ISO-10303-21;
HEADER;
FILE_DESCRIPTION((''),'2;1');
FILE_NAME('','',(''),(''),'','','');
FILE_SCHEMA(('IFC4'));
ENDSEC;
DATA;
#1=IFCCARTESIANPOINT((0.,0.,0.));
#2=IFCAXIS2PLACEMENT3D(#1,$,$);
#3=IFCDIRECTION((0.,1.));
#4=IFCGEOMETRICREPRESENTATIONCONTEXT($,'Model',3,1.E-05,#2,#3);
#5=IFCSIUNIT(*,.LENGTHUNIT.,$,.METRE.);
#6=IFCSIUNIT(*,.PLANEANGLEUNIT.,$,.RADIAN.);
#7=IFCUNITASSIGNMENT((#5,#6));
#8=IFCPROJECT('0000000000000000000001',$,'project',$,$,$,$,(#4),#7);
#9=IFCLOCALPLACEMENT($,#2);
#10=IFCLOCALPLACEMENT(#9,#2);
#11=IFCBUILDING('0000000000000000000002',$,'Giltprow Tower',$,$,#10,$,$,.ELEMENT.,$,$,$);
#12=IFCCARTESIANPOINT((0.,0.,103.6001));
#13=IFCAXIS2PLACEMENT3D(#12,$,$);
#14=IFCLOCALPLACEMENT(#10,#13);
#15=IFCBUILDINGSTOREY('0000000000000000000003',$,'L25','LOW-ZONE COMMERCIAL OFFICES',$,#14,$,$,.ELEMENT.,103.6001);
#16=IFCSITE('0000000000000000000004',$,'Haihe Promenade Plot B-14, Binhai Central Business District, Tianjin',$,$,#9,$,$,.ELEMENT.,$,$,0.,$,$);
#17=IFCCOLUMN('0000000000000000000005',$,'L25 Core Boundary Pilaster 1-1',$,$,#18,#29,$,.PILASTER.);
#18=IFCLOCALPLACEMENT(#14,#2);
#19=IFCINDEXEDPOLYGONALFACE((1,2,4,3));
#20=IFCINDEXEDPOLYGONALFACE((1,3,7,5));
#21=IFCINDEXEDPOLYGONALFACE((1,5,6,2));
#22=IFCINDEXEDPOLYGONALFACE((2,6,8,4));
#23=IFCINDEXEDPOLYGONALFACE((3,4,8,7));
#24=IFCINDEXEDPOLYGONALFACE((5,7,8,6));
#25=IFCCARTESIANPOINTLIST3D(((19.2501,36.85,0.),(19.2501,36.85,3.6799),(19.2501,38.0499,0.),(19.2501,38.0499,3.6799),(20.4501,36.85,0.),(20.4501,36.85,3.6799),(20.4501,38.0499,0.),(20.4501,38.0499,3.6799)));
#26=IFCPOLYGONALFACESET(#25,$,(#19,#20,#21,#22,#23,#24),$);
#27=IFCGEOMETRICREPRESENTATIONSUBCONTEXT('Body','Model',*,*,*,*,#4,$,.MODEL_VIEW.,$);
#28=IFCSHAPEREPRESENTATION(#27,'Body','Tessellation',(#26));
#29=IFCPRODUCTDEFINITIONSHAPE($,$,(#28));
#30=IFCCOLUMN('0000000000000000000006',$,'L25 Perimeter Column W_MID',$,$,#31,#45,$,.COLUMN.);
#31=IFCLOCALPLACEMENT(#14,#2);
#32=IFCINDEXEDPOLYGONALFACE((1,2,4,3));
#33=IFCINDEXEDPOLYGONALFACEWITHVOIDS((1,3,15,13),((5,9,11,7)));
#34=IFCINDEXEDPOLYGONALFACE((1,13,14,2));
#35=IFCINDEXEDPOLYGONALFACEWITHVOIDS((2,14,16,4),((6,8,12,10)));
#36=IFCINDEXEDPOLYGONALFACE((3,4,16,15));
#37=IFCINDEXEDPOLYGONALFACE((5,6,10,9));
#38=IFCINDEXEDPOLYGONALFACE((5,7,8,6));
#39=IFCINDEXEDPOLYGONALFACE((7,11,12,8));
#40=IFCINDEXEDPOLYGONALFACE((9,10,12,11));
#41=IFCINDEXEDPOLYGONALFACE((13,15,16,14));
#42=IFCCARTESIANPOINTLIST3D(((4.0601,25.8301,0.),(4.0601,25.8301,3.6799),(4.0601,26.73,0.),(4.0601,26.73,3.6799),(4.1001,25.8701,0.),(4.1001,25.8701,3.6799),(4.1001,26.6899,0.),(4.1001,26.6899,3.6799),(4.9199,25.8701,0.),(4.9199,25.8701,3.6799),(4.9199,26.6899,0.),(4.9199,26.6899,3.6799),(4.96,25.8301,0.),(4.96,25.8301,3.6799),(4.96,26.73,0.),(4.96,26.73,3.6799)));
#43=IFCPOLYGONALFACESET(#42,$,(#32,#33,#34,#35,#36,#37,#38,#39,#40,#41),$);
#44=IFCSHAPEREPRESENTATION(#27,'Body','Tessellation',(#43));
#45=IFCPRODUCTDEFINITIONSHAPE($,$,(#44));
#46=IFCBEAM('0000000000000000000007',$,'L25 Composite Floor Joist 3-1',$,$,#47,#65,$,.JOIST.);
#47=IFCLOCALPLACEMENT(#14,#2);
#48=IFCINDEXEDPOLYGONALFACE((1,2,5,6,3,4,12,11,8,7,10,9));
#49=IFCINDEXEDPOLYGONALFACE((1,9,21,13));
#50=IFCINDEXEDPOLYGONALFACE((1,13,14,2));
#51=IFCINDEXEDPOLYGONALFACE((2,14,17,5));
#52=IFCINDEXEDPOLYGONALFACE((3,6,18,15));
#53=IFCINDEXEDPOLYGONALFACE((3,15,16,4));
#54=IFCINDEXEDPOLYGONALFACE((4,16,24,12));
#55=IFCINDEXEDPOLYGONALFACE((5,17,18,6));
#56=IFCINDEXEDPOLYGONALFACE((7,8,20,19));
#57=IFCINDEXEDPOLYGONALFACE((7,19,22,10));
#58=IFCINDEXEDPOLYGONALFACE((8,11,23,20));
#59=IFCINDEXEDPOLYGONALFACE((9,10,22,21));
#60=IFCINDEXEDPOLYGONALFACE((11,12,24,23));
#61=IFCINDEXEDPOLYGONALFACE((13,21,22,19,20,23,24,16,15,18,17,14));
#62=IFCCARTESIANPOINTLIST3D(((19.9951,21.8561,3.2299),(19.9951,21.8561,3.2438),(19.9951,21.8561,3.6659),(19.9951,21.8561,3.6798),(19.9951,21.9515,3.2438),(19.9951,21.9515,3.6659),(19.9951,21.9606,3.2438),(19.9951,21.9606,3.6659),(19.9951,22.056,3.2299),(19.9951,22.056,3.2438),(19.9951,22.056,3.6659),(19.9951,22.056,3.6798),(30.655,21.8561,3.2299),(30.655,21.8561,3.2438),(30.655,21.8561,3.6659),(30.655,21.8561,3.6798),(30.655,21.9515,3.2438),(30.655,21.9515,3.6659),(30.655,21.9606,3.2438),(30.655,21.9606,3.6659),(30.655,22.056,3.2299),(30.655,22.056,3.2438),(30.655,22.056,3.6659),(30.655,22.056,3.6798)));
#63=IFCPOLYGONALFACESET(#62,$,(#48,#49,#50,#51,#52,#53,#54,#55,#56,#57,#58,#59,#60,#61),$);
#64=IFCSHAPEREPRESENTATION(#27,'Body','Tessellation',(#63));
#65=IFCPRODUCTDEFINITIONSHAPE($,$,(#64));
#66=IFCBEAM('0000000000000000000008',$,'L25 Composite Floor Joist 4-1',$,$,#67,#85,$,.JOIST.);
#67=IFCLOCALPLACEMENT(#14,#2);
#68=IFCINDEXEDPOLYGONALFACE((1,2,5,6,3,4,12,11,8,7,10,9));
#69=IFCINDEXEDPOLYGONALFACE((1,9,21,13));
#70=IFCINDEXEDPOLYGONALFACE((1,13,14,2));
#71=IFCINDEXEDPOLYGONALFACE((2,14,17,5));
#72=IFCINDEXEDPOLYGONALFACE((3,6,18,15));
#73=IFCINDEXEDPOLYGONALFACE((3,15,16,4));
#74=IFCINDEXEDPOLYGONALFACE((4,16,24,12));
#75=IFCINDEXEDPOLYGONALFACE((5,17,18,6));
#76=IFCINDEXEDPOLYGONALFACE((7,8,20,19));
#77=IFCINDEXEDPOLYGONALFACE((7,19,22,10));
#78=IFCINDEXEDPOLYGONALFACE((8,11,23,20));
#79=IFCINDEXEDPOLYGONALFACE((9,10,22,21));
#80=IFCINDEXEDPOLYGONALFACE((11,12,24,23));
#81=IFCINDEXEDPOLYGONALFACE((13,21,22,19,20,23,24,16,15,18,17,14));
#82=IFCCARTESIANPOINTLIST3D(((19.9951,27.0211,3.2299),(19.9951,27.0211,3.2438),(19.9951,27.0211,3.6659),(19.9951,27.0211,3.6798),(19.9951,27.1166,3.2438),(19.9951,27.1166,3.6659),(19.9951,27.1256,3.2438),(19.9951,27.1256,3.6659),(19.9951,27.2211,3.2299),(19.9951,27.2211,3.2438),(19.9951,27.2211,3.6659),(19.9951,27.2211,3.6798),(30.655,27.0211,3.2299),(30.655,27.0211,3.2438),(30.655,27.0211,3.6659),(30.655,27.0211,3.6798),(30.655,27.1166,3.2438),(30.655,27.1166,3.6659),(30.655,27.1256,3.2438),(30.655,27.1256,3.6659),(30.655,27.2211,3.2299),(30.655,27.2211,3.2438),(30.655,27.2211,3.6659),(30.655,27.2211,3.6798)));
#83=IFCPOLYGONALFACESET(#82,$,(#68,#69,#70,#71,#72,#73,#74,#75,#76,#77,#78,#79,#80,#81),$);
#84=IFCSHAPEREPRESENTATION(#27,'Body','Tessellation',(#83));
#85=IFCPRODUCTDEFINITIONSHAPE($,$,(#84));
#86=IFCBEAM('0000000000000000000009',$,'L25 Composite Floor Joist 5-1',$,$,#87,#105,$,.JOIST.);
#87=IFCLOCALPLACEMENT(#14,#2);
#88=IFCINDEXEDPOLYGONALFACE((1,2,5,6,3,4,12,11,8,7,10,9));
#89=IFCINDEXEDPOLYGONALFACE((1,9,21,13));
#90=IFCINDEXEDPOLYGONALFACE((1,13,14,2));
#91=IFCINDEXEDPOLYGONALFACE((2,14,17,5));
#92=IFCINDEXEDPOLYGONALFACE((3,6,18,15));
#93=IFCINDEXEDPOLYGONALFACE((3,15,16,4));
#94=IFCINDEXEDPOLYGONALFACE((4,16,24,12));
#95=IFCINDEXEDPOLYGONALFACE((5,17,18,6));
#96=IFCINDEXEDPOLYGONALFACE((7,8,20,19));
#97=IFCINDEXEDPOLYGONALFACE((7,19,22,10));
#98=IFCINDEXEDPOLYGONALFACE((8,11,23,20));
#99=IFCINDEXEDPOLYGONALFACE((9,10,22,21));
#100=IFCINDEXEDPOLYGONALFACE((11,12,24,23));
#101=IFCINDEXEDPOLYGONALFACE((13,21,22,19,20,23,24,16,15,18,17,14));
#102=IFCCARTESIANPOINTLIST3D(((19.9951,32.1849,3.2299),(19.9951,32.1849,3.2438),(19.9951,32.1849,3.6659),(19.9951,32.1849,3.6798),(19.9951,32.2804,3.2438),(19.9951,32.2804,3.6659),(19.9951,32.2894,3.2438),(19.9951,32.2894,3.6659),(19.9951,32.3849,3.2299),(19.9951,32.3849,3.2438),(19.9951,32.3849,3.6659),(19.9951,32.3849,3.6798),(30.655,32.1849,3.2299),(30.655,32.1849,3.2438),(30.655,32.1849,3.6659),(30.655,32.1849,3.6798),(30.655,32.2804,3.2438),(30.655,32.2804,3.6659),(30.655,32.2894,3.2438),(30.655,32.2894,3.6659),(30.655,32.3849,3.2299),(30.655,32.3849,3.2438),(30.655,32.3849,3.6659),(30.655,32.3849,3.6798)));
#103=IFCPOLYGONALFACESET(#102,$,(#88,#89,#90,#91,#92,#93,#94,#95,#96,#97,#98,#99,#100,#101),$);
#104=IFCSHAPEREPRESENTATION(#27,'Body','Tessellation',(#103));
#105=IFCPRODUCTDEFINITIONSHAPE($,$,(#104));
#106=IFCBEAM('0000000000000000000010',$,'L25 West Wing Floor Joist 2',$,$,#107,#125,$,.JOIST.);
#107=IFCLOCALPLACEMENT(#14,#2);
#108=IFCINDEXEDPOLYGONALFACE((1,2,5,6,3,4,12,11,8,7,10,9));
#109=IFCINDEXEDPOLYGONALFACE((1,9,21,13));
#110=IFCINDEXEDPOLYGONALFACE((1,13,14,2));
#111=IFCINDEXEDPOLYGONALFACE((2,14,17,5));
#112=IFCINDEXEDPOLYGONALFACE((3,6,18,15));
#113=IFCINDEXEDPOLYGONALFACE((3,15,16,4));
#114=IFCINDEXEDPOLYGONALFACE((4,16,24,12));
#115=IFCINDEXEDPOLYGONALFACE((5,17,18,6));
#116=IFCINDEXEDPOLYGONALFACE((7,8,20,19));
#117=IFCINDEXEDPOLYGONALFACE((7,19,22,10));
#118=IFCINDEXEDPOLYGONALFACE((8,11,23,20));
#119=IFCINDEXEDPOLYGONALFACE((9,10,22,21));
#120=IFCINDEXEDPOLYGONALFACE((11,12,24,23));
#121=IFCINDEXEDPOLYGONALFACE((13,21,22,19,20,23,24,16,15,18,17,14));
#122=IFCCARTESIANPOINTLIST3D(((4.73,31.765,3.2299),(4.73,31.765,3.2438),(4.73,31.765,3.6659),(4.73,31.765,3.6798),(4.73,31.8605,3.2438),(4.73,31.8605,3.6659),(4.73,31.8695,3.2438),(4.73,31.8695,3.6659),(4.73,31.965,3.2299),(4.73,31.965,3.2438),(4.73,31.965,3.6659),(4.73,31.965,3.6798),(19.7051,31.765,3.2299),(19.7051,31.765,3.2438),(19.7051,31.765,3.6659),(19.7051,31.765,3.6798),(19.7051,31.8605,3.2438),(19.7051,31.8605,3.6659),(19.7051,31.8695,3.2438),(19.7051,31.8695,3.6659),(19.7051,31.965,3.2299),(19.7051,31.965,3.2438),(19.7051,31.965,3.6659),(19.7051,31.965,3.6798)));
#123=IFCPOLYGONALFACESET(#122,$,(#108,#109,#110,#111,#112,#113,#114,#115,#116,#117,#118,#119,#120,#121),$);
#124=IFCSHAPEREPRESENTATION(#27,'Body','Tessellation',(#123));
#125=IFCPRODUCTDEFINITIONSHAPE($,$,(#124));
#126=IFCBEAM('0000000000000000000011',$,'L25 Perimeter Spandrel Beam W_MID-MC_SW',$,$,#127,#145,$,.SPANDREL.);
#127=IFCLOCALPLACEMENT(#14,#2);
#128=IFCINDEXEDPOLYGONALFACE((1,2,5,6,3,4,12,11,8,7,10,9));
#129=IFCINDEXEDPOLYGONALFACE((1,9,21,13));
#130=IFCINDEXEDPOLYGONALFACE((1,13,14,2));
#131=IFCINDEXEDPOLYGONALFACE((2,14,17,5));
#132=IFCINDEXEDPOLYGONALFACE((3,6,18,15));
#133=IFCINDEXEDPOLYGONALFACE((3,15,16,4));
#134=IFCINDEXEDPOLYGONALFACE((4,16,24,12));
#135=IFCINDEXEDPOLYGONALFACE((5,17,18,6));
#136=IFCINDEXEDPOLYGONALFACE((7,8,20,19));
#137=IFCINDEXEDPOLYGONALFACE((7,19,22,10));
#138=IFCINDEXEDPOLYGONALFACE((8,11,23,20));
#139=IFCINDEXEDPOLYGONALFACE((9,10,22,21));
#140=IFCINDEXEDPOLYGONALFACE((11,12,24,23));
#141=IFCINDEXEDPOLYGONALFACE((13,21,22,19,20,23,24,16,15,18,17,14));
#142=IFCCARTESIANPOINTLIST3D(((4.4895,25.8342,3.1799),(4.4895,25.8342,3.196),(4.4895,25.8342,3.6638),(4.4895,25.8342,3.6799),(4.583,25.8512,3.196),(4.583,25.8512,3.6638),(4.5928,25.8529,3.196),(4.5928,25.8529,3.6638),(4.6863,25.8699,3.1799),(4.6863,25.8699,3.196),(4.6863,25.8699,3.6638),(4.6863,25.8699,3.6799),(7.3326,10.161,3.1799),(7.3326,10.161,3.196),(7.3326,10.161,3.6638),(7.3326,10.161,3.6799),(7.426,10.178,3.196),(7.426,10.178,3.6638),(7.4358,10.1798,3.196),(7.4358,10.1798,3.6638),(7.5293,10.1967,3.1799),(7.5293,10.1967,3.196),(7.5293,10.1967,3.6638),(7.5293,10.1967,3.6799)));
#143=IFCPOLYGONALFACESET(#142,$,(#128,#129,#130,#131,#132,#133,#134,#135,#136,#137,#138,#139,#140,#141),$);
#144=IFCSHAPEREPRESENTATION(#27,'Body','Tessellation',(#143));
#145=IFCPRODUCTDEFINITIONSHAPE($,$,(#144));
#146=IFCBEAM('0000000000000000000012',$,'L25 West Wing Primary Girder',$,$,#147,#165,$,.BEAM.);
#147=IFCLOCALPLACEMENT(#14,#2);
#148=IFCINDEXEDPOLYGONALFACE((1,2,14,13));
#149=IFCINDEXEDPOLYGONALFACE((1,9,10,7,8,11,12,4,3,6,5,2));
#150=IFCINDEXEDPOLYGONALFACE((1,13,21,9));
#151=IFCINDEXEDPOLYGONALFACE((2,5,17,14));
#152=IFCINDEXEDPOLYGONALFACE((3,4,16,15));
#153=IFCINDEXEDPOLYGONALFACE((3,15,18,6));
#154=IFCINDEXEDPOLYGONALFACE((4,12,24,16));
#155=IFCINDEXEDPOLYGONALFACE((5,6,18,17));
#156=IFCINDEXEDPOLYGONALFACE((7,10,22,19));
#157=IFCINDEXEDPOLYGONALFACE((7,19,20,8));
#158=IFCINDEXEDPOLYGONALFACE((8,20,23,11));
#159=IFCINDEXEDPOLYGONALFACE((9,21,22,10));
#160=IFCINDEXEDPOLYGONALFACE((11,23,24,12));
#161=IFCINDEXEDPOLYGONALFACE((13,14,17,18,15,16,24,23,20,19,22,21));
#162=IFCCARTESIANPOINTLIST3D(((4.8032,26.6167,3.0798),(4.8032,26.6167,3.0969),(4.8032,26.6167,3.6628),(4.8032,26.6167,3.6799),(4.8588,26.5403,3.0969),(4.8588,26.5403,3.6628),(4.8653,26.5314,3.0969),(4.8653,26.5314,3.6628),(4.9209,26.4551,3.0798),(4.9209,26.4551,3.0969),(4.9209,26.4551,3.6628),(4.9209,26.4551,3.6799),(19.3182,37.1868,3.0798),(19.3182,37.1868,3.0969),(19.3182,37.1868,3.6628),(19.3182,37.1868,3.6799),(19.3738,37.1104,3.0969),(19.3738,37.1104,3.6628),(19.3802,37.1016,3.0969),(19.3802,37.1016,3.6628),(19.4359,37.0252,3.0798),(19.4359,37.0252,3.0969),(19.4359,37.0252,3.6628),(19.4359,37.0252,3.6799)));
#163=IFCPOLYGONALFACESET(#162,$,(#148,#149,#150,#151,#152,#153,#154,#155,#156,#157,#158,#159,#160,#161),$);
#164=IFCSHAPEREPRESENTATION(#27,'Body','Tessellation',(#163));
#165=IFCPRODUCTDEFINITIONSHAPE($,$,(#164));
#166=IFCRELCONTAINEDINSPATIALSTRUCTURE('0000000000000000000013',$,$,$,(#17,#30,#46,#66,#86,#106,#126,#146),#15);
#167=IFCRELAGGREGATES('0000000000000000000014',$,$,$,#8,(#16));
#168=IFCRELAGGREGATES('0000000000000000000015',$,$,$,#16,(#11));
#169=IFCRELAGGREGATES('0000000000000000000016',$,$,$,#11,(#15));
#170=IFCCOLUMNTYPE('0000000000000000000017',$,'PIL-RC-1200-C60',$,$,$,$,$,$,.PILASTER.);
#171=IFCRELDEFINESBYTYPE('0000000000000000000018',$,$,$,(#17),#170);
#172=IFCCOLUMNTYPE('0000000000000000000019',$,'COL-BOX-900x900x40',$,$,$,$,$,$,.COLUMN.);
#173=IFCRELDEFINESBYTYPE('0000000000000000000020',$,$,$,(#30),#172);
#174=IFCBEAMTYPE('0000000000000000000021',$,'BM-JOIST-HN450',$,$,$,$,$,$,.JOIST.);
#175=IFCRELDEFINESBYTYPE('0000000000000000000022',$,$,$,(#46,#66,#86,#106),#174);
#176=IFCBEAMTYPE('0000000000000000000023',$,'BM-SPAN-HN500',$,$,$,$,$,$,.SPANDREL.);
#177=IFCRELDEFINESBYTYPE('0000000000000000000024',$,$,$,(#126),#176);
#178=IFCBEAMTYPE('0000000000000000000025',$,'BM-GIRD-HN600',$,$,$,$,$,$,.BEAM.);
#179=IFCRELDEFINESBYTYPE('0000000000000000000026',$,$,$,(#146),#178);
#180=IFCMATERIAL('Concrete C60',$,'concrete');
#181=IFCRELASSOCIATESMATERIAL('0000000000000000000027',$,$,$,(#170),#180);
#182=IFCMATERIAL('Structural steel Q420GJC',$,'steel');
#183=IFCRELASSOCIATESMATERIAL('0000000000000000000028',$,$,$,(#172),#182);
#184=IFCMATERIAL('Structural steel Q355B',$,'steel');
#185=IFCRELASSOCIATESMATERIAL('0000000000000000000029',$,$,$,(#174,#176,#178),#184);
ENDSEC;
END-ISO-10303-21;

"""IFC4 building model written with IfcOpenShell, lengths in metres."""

from ifc_helpers import new_model, si_unit, direction, frame, origin, origin_2d, place, context, subcontext, project, spatial, rectangle, hollow_rectangle, i_section, extrude, source, transform, mapped, material, material_profile, profile_set, type_object, element, save


model = new_model("IFC4")

# Units and contexts
model_context = context("Model", 3, precision=1e-05, world=origin(), true_north=direction((0.0, 1.0)))
body_context = subcontext(model_context, "Body", "Model", "MODEL_VIEW")
ifc_project = project(units=[si_unit("LENGTHUNIT", "METRE"), si_unit("PLANEANGLEUNIT", "RADIAN")], contexts=[model_context])

# Site, building, storey
site_placement = place(None, origin())
site = spatial("IfcSite", under=ifc_project, at=site_placement, Name="Haihe Promenade Plot B-14, Binhai Central Business District, Tianjin", CompositionType="ELEMENT", RefElevation=0.0)
building_placement = place(site_placement, origin())
building = spatial("IfcBuilding", under=site, at=building_placement, Name="Giltprow Tower", CompositionType="ELEMENT")
storey_placement = place(building_placement, frame((0.0, 0.0, 103.6001)))
storey = spatial("IfcBuildingStorey", under=building, at=storey_placement, Name="L25", Description="LOW-ZONE COMMERCIAL OFFICES", CompositionType="ELEMENT", Elevation=103.6001)

# Columns
ifc_material_1 = material(Name="Concrete C60", Category="concrete")
ifc_material_profile_1 = material_profile(ifc_material_1, rectangle(XDim=1.2, YDim=1.2, at=origin_2d()), Name="RC 1200x1200")
ifc_profile_set_1 = profile_set([ifc_material_profile_1], Name="Concrete C60")
column_type_1 = type_object("IfcColumnType", Name="PIL-RC-1200-C60", PredefinedType="PILASTER", material=ifc_profile_set_1)
shared_shape_1 = source(origin(), body_context, "Body", "SweptSolid", [
    extrude(rectangle(XDim=1.2, YDim=1.2, at=origin_2d()), origin(), (0.0, 0.0, 1.0), 3.6799),
])
column_1_placement = place(storey_placement, frame((19.8501, 37.45, 0.0), z_axis=(0.0, 0.0, 1.0), x_axis=(1.0, 0.0, 0.0)))
element("IfcColumn", 1, at=column_1_placement, inside=storey, type_object=column_type_1, Name="L25 Core Boundary Pilaster 1-1", PredefinedType="PILASTER", context=body_context, shape_type="MappedRepresentation", body=[
    mapped(shared_shape_1, transform((0.0, 0.0, 0.0), x_axis=(1.0, 0.0, 0.0), y_axis=(0.0, 1.0, 0.0), z_axis=(0.0, 0.0, 1.0), scale=1.0)),
])
ifc_material_2 = material(Name="Structural steel Q420GJC", Category="steel")
ifc_material_profile_2 = material_profile(ifc_material_2, hollow_rectangle(XDim=0.8999, YDim=0.8999, WallThickness=0.04, at=origin_2d()), Name="BOX 900x900x40")
ifc_profile_set_2 = profile_set([ifc_material_profile_2], Name="Structural steel Q420GJC")
column_type_2 = type_object("IfcColumnType", Name="COL-BOX-900x900x40", PredefinedType="COLUMN", material=ifc_profile_set_2)
shared_shape_2 = source(origin(), body_context, "Body", "SweptSolid", [
    extrude(hollow_rectangle(XDim=0.8999, YDim=0.8999, WallThickness=0.04, at=origin_2d()), origin(), (0.0, 0.0, 1.0), 3.6799),
])
column_2_placement = place(storey_placement, frame((4.51, 26.28, 0.0), z_axis=(0.0, 0.0, 1.0), x_axis=(1.0, 0.0, 0.0)))
element("IfcColumn", 2, at=column_2_placement, inside=storey, type_object=column_type_2, Name="L25 Perimeter Column W_MID", PredefinedType="COLUMN", context=body_context, shape_type="MappedRepresentation", body=[
    mapped(shared_shape_2, transform((0.0, 0.0, 0.0), x_axis=(1.0, 0.0, 0.0), y_axis=(0.0, 1.0, 0.0), z_axis=(0.0, 0.0, 1.0), scale=1.0)),
])

# Beams
ifc_material_3 = material(Name="Structural steel Q355B", Category="steel")
ifc_material_profile_3 = material_profile(ifc_material_3, i_section(OverallWidth=0.2, OverallDepth=0.45, WebThickness=0.009, FlangeThickness=0.0139, at=origin_2d()), Name="HN 450x200x9x14")
ifc_profile_set_3 = profile_set([ifc_material_profile_3], Name="Structural steel Q355B")
beam_type_1 = type_object("IfcBeamType", Name="BM-JOIST-HN450", PredefinedType="JOIST", material=ifc_profile_set_3)
shared_shape_3 = source(origin(), body_context, "Body", "SweptSolid", [
    extrude(i_section(OverallWidth=0.2, OverallDepth=0.45, WebThickness=0.009, FlangeThickness=0.0139, at=origin_2d()), origin(), (0.0, 0.0, 1.0), 10.6599),
])
for number, where, z_axis, x_axis, name in (
    (3, (19.9951, 21.9561, 3.4548), (1.0, 0.0, 0.0), (0.0, 1.0, 0.0), "L25 Composite Floor Joist 3-1"),
    (4, (19.9951, 27.1211, 3.4548), (1.0, 0.0, 0.0), (0.0, 1.0, 0.0), "L25 Composite Floor Joist 4-1"),
    (5, (19.9951, 32.2849, 3.4548), (1.0, 0.0, 0.0), (0.0, 1.0, 0.0), "L25 Composite Floor Joist 5-1"),
):
    element("IfcBeam", number, at=place(storey_placement, frame(where, z_axis=z_axis, x_axis=x_axis)), inside=storey, type_object=beam_type_1, Name=name, PredefinedType="JOIST", context=body_context, shape_type="MappedRepresentation", body=[
        mapped(shared_shape_3, transform((0.0, 0.0, 0.0), x_axis=(1.0, 0.0, 0.0), y_axis=(0.0, 1.0, 0.0), z_axis=(0.0, 0.0, 1.0), scale=1.0)),
    ])
shared_shape_4 = source(origin(), body_context, "Body", "SweptSolid", [
    extrude(i_section(OverallWidth=0.2, OverallDepth=0.45, WebThickness=0.009, FlangeThickness=0.0139, at=origin_2d()), origin(), (0.0, 0.0, 1.0), 14.9751),
])
beam_1_placement = place(storey_placement, frame((4.73, 31.865, 3.4548), z_axis=(1.0, 0.0, 0.0), x_axis=(0.0, 1.0, 0.0)))
element("IfcBeam", 6, at=beam_1_placement, inside=storey, type_object=beam_type_1, Name="L25 West Wing Floor Joist 2", PredefinedType="JOIST", context=body_context, shape_type="MappedRepresentation", body=[
    mapped(shared_shape_4, transform((0.0, 0.0, 0.0), x_axis=(1.0, 0.0, 0.0), y_axis=(0.0, 1.0, 0.0), z_axis=(0.0, 0.0, 1.0), scale=1.0)),
])
ifc_material_profile_4 = material_profile(ifc_material_3, i_section(OverallWidth=0.2, OverallDepth=0.5, WebThickness=0.01, FlangeThickness=0.0161, at=origin_2d()), Name="HN 500x200x10x16")
ifc_profile_set_4 = profile_set([ifc_material_profile_4], Name="Structural steel Q355B")
beam_type_2 = type_object("IfcBeamType", Name="BM-SPAN-HN500", PredefinedType="SPANDREL", material=ifc_profile_set_4)
shared_shape_5 = source(origin(), body_context, "Body", "SweptSolid", [
    extrude(i_section(OverallWidth=0.2, OverallDepth=0.5, WebThickness=0.01, FlangeThickness=0.0161, at=origin_2d()), origin(), (0.0, 0.0, 1.0), 15.929),
])
beam_2_placement = place(storey_placement, frame((4.5879, 25.8521, 3.4299), z_axis=(0.178482, -0.983943, 0.0), x_axis=(0.983943, 0.178482, 0.0)))
element("IfcBeam", 7, at=beam_2_placement, inside=storey, type_object=beam_type_2, Name="L25 Perimeter Spandrel Beam W_MID-MC_SW", PredefinedType="SPANDREL", context=body_context, shape_type="MappedRepresentation", body=[
    mapped(shared_shape_5, transform((0.0, 0.0, 0.0), x_axis=(1.0, 0.0, 0.0), y_axis=(0.0, 1.0, 0.0), z_axis=(0.0, 0.0, 1.0), scale=1.0)),
])
ifc_material_profile_5 = material_profile(ifc_material_3, i_section(OverallWidth=0.2, OverallDepth=0.6001, WebThickness=0.011, FlangeThickness=0.0171, at=origin_2d()), Name="HN 600x200x11x17")
ifc_profile_set_5 = profile_set([ifc_material_profile_5], Name="Structural steel Q355B")
beam_type_3 = type_object("IfcBeamType", Name="BM-GIRD-HN600", PredefinedType="BEAM", material=ifc_profile_set_5)
shared_shape_6 = source(origin(), body_context, "Body", "SweptSolid", [
    extrude(i_section(OverallWidth=0.2, OverallDepth=0.6001, WebThickness=0.011, FlangeThickness=0.0171, at=origin_2d()), origin(), (0.0, 0.0, 1.0), 17.9558),
])
beam_3_placement = place(storey_placement, frame((4.8621, 26.5359, 3.3799), z_axis=(0.808371, 0.588674, 0.0), x_axis=(-0.588674, 0.808371, 0.0)))
element("IfcBeam", 8, at=beam_3_placement, inside=storey, type_object=beam_type_3, Name="L25 West Wing Primary Girder", PredefinedType="BEAM", context=body_context, shape_type="MappedRepresentation", body=[
    mapped(shared_shape_6, transform((0.0, 0.0, 0.0), x_axis=(1.0, 0.0, 0.0), y_axis=(0.0, 1.0, 0.0), z_axis=(0.0, 0.0, 1.0), scale=1.0)),
])

save(model, "model.ifc")
